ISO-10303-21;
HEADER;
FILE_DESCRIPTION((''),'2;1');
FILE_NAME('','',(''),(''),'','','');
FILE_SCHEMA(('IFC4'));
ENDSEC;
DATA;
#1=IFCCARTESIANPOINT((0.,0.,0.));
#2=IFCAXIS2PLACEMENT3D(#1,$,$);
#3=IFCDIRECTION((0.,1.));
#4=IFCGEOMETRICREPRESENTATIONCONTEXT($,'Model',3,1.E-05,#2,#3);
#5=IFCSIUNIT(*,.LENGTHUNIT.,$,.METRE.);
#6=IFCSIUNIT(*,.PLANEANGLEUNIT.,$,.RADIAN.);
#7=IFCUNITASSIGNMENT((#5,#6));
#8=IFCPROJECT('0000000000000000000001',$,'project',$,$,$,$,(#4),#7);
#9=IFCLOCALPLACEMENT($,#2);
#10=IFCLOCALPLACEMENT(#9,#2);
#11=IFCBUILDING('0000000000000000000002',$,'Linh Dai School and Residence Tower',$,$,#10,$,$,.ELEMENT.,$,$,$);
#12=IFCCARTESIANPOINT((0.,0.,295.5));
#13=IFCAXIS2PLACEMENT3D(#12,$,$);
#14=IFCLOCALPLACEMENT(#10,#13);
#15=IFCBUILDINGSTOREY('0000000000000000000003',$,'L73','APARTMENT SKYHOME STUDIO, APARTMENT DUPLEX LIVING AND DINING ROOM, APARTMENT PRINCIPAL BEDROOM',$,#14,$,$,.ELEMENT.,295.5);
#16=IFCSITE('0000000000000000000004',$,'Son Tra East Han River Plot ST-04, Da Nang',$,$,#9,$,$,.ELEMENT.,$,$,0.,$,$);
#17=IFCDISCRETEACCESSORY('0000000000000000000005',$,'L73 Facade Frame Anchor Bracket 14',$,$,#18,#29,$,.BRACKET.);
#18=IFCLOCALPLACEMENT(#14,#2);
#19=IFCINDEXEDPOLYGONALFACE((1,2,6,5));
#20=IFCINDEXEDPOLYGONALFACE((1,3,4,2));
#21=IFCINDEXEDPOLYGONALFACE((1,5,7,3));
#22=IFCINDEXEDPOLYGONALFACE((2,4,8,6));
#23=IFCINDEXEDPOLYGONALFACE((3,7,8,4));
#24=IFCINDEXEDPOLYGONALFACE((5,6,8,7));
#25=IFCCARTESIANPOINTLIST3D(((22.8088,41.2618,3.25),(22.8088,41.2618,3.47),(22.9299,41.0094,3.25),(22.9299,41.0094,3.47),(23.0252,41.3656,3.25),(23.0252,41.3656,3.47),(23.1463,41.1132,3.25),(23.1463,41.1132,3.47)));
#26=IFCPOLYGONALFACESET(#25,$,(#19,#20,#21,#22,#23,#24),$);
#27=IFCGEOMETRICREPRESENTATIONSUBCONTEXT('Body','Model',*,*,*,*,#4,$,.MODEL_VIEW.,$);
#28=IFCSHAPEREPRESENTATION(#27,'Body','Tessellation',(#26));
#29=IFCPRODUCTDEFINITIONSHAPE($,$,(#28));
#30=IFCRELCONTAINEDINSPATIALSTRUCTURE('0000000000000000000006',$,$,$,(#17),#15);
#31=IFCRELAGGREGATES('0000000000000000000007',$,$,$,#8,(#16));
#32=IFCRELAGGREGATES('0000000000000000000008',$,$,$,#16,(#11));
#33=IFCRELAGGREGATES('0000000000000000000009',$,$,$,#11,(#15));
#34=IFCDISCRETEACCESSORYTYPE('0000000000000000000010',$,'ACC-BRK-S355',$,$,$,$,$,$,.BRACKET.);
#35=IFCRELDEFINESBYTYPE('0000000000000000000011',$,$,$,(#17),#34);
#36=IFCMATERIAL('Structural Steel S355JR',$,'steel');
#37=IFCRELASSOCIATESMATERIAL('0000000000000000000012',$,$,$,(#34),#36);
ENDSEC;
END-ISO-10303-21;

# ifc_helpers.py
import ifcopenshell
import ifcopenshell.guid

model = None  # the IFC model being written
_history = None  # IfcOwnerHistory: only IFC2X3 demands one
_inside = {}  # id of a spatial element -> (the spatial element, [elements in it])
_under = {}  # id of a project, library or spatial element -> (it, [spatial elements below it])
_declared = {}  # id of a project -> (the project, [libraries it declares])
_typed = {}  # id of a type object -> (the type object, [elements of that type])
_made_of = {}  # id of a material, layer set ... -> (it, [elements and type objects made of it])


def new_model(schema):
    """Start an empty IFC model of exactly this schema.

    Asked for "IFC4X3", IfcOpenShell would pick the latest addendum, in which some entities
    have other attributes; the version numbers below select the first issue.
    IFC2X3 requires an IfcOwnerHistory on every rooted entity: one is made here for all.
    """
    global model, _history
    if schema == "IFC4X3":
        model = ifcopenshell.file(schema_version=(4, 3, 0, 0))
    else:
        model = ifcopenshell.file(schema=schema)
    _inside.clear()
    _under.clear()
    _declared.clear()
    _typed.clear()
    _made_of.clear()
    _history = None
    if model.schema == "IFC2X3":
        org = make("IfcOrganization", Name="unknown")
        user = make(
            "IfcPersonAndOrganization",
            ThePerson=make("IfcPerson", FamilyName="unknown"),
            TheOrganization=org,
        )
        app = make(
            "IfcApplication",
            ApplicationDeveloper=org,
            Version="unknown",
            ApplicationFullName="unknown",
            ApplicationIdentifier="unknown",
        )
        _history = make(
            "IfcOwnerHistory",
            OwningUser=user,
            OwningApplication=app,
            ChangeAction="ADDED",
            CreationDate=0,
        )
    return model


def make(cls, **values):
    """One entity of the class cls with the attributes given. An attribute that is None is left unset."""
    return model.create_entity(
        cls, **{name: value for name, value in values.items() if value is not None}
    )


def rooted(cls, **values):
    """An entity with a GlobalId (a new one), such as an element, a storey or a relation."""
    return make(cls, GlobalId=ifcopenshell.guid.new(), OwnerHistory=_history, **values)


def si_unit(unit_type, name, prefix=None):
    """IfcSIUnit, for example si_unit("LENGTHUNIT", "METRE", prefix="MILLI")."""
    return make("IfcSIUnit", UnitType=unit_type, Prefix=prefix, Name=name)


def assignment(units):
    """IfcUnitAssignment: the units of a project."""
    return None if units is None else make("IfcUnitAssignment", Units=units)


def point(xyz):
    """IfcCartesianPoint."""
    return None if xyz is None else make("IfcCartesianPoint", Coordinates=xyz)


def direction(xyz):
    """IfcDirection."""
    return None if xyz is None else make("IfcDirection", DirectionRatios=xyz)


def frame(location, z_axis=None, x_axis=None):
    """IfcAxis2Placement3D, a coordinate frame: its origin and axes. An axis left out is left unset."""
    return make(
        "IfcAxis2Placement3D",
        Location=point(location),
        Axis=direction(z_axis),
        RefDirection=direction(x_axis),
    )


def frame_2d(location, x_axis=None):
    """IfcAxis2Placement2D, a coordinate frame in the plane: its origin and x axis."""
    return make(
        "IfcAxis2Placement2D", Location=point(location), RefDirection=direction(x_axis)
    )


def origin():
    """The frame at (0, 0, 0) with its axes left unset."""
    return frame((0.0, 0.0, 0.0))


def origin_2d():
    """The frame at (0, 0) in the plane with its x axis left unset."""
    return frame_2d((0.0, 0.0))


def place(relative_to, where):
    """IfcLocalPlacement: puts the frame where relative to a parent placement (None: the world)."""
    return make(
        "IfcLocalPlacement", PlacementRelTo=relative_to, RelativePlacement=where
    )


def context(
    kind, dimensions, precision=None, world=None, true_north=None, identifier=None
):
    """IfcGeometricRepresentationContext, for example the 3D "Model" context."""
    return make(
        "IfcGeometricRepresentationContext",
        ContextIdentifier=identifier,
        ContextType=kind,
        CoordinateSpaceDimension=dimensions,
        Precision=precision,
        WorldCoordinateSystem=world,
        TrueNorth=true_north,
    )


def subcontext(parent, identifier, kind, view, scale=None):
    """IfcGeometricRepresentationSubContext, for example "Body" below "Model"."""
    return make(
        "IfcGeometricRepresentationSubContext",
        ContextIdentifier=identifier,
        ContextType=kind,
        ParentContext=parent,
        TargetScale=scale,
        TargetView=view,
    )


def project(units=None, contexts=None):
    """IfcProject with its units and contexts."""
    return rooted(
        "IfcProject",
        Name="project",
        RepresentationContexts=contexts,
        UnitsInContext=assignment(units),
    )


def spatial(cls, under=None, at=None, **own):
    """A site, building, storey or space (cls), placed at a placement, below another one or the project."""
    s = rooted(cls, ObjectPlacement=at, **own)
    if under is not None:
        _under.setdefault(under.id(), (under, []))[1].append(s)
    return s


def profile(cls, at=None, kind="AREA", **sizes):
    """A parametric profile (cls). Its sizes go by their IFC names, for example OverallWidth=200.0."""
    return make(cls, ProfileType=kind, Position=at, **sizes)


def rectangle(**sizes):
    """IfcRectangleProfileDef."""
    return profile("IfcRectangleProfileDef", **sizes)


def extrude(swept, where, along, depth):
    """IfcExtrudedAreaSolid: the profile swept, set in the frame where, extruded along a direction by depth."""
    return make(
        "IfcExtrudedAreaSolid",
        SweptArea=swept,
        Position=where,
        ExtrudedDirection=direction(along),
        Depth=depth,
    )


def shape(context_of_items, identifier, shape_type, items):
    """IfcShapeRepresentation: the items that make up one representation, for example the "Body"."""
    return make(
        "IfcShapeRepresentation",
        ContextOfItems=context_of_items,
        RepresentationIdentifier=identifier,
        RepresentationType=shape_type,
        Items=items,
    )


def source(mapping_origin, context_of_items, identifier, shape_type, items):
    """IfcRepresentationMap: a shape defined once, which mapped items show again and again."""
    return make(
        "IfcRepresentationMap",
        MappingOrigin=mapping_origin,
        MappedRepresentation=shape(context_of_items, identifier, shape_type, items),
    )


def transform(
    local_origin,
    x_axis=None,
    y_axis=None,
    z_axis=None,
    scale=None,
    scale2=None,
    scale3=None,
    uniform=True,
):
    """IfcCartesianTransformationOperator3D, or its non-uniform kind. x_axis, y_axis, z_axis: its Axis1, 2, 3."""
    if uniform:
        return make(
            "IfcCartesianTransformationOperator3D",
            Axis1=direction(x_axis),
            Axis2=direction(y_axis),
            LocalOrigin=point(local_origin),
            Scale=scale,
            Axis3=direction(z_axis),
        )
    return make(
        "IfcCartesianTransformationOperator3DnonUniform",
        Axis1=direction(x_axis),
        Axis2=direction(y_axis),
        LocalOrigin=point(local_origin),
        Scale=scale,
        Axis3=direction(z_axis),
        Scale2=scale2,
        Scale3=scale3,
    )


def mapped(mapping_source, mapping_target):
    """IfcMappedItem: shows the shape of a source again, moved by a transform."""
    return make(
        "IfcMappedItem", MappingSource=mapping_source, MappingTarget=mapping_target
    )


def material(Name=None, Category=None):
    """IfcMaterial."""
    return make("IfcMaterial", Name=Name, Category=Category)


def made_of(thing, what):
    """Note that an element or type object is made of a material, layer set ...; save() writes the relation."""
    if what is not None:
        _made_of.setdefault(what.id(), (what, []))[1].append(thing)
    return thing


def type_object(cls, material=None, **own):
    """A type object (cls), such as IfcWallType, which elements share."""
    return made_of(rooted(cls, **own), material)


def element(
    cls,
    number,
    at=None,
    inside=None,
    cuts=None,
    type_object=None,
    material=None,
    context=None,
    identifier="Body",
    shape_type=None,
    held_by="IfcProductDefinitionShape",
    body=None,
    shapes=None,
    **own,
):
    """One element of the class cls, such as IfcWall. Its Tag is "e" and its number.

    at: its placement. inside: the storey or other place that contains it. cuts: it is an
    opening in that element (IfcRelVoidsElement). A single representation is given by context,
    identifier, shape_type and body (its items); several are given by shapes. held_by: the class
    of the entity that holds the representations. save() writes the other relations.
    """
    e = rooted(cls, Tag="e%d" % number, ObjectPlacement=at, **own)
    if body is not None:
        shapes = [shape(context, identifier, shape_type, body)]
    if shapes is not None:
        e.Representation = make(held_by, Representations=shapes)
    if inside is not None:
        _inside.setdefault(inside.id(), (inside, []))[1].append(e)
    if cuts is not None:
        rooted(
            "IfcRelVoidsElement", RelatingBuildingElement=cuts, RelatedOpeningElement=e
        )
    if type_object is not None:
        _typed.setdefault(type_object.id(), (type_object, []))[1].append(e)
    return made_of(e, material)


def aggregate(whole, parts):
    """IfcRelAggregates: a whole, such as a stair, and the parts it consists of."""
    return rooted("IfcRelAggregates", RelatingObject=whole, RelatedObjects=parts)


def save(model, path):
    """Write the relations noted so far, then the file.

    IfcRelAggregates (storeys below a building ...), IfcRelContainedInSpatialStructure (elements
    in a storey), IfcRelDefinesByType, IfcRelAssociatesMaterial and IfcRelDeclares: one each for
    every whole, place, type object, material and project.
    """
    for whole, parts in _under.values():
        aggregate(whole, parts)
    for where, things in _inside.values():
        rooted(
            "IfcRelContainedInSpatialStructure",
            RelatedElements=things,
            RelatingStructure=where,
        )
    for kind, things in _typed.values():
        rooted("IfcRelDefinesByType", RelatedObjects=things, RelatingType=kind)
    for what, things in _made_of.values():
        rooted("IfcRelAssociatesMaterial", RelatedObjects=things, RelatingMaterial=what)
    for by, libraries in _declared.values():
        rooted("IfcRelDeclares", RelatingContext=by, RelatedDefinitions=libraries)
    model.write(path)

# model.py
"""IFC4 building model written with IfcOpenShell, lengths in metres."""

from ifc_helpers import new_model, si_unit, direction, frame, origin, origin_2d, place, context, subcontext, project, spatial, rectangle, extrude, source, transform, mapped, material, type_object, element, save


model = new_model("IFC4")

# Units and contexts
model_context = context("Model", 3, precision=1e-05, world=origin(), true_north=direction((0.0, 1.0)))
body_context = subcontext(model_context, "Body", "Model", "MODEL_VIEW")
ifc_project = project(units=[si_unit("LENGTHUNIT", "METRE"), si_unit("PLANEANGLEUNIT", "RADIAN")], contexts=[model_context])

# Site, building, storey
site_placement = place(None, origin())
site = spatial("IfcSite", under=ifc_project, at=site_placement, Name="Son Tra East Han River Plot ST-04, Da Nang", CompositionType="ELEMENT", RefElevation=0.0)
building_placement = place(site_placement, origin())
building = spatial("IfcBuilding", under=site, at=building_placement, Name="Linh Dai School and Residence Tower", CompositionType="ELEMENT")
storey_placement = place(building_placement, frame((0.0, 0.0, 295.5)))
storey = spatial("IfcBuildingStorey", under=building, at=storey_placement, Name="L73", Description="APARTMENT SKYHOME STUDIO, APARTMENT DUPLEX LIVING AND DINING ROOM, APARTMENT PRINCIPAL BEDROOM", CompositionType="ELEMENT", Elevation=295.5)

# Shared definitions
ifc_material_1 = material(Name="Structural Steel S355JR", Category="steel")

# Discrete accessory
discrete_accessory_type = type_object("IfcDiscreteAccessoryType", Name="ACC-BRK-S355", PredefinedType="BRACKET", material=ifc_material_1)
shared_shape_1 = source(origin(), body_context, "Body", "SweptSolid", [
    extrude(rectangle(XDim=0.28, YDim=0.24, at=origin_2d()), origin(), (0.0, 0.0, 1.0), 0.22),
])
discrete_accessory_placement = place(storey_placement, frame((22.9775, 41.1875, 3.25), z_axis=(0.0, 0.0, 1.0), x_axis=(-0.432612, 0.90158, 0.0)))
element("IfcDiscreteAccessory", 1, at=discrete_accessory_placement, inside=storey, type_object=discrete_accessory_type, Name="L73 Facade Frame Anchor Bracket 14", PredefinedType="BRACKET", context=body_context, shape_type="MappedRepresentation", body=[
    mapped(shared_shape_1, transform((0.0, 0.0, 0.0), x_axis=(1.0, 0.0, 0.0), y_axis=(0.0, 1.0, 0.0), z_axis=(0.0, 0.0, 1.0), scale=1.0)),
])

save(model, "model.ifc")
